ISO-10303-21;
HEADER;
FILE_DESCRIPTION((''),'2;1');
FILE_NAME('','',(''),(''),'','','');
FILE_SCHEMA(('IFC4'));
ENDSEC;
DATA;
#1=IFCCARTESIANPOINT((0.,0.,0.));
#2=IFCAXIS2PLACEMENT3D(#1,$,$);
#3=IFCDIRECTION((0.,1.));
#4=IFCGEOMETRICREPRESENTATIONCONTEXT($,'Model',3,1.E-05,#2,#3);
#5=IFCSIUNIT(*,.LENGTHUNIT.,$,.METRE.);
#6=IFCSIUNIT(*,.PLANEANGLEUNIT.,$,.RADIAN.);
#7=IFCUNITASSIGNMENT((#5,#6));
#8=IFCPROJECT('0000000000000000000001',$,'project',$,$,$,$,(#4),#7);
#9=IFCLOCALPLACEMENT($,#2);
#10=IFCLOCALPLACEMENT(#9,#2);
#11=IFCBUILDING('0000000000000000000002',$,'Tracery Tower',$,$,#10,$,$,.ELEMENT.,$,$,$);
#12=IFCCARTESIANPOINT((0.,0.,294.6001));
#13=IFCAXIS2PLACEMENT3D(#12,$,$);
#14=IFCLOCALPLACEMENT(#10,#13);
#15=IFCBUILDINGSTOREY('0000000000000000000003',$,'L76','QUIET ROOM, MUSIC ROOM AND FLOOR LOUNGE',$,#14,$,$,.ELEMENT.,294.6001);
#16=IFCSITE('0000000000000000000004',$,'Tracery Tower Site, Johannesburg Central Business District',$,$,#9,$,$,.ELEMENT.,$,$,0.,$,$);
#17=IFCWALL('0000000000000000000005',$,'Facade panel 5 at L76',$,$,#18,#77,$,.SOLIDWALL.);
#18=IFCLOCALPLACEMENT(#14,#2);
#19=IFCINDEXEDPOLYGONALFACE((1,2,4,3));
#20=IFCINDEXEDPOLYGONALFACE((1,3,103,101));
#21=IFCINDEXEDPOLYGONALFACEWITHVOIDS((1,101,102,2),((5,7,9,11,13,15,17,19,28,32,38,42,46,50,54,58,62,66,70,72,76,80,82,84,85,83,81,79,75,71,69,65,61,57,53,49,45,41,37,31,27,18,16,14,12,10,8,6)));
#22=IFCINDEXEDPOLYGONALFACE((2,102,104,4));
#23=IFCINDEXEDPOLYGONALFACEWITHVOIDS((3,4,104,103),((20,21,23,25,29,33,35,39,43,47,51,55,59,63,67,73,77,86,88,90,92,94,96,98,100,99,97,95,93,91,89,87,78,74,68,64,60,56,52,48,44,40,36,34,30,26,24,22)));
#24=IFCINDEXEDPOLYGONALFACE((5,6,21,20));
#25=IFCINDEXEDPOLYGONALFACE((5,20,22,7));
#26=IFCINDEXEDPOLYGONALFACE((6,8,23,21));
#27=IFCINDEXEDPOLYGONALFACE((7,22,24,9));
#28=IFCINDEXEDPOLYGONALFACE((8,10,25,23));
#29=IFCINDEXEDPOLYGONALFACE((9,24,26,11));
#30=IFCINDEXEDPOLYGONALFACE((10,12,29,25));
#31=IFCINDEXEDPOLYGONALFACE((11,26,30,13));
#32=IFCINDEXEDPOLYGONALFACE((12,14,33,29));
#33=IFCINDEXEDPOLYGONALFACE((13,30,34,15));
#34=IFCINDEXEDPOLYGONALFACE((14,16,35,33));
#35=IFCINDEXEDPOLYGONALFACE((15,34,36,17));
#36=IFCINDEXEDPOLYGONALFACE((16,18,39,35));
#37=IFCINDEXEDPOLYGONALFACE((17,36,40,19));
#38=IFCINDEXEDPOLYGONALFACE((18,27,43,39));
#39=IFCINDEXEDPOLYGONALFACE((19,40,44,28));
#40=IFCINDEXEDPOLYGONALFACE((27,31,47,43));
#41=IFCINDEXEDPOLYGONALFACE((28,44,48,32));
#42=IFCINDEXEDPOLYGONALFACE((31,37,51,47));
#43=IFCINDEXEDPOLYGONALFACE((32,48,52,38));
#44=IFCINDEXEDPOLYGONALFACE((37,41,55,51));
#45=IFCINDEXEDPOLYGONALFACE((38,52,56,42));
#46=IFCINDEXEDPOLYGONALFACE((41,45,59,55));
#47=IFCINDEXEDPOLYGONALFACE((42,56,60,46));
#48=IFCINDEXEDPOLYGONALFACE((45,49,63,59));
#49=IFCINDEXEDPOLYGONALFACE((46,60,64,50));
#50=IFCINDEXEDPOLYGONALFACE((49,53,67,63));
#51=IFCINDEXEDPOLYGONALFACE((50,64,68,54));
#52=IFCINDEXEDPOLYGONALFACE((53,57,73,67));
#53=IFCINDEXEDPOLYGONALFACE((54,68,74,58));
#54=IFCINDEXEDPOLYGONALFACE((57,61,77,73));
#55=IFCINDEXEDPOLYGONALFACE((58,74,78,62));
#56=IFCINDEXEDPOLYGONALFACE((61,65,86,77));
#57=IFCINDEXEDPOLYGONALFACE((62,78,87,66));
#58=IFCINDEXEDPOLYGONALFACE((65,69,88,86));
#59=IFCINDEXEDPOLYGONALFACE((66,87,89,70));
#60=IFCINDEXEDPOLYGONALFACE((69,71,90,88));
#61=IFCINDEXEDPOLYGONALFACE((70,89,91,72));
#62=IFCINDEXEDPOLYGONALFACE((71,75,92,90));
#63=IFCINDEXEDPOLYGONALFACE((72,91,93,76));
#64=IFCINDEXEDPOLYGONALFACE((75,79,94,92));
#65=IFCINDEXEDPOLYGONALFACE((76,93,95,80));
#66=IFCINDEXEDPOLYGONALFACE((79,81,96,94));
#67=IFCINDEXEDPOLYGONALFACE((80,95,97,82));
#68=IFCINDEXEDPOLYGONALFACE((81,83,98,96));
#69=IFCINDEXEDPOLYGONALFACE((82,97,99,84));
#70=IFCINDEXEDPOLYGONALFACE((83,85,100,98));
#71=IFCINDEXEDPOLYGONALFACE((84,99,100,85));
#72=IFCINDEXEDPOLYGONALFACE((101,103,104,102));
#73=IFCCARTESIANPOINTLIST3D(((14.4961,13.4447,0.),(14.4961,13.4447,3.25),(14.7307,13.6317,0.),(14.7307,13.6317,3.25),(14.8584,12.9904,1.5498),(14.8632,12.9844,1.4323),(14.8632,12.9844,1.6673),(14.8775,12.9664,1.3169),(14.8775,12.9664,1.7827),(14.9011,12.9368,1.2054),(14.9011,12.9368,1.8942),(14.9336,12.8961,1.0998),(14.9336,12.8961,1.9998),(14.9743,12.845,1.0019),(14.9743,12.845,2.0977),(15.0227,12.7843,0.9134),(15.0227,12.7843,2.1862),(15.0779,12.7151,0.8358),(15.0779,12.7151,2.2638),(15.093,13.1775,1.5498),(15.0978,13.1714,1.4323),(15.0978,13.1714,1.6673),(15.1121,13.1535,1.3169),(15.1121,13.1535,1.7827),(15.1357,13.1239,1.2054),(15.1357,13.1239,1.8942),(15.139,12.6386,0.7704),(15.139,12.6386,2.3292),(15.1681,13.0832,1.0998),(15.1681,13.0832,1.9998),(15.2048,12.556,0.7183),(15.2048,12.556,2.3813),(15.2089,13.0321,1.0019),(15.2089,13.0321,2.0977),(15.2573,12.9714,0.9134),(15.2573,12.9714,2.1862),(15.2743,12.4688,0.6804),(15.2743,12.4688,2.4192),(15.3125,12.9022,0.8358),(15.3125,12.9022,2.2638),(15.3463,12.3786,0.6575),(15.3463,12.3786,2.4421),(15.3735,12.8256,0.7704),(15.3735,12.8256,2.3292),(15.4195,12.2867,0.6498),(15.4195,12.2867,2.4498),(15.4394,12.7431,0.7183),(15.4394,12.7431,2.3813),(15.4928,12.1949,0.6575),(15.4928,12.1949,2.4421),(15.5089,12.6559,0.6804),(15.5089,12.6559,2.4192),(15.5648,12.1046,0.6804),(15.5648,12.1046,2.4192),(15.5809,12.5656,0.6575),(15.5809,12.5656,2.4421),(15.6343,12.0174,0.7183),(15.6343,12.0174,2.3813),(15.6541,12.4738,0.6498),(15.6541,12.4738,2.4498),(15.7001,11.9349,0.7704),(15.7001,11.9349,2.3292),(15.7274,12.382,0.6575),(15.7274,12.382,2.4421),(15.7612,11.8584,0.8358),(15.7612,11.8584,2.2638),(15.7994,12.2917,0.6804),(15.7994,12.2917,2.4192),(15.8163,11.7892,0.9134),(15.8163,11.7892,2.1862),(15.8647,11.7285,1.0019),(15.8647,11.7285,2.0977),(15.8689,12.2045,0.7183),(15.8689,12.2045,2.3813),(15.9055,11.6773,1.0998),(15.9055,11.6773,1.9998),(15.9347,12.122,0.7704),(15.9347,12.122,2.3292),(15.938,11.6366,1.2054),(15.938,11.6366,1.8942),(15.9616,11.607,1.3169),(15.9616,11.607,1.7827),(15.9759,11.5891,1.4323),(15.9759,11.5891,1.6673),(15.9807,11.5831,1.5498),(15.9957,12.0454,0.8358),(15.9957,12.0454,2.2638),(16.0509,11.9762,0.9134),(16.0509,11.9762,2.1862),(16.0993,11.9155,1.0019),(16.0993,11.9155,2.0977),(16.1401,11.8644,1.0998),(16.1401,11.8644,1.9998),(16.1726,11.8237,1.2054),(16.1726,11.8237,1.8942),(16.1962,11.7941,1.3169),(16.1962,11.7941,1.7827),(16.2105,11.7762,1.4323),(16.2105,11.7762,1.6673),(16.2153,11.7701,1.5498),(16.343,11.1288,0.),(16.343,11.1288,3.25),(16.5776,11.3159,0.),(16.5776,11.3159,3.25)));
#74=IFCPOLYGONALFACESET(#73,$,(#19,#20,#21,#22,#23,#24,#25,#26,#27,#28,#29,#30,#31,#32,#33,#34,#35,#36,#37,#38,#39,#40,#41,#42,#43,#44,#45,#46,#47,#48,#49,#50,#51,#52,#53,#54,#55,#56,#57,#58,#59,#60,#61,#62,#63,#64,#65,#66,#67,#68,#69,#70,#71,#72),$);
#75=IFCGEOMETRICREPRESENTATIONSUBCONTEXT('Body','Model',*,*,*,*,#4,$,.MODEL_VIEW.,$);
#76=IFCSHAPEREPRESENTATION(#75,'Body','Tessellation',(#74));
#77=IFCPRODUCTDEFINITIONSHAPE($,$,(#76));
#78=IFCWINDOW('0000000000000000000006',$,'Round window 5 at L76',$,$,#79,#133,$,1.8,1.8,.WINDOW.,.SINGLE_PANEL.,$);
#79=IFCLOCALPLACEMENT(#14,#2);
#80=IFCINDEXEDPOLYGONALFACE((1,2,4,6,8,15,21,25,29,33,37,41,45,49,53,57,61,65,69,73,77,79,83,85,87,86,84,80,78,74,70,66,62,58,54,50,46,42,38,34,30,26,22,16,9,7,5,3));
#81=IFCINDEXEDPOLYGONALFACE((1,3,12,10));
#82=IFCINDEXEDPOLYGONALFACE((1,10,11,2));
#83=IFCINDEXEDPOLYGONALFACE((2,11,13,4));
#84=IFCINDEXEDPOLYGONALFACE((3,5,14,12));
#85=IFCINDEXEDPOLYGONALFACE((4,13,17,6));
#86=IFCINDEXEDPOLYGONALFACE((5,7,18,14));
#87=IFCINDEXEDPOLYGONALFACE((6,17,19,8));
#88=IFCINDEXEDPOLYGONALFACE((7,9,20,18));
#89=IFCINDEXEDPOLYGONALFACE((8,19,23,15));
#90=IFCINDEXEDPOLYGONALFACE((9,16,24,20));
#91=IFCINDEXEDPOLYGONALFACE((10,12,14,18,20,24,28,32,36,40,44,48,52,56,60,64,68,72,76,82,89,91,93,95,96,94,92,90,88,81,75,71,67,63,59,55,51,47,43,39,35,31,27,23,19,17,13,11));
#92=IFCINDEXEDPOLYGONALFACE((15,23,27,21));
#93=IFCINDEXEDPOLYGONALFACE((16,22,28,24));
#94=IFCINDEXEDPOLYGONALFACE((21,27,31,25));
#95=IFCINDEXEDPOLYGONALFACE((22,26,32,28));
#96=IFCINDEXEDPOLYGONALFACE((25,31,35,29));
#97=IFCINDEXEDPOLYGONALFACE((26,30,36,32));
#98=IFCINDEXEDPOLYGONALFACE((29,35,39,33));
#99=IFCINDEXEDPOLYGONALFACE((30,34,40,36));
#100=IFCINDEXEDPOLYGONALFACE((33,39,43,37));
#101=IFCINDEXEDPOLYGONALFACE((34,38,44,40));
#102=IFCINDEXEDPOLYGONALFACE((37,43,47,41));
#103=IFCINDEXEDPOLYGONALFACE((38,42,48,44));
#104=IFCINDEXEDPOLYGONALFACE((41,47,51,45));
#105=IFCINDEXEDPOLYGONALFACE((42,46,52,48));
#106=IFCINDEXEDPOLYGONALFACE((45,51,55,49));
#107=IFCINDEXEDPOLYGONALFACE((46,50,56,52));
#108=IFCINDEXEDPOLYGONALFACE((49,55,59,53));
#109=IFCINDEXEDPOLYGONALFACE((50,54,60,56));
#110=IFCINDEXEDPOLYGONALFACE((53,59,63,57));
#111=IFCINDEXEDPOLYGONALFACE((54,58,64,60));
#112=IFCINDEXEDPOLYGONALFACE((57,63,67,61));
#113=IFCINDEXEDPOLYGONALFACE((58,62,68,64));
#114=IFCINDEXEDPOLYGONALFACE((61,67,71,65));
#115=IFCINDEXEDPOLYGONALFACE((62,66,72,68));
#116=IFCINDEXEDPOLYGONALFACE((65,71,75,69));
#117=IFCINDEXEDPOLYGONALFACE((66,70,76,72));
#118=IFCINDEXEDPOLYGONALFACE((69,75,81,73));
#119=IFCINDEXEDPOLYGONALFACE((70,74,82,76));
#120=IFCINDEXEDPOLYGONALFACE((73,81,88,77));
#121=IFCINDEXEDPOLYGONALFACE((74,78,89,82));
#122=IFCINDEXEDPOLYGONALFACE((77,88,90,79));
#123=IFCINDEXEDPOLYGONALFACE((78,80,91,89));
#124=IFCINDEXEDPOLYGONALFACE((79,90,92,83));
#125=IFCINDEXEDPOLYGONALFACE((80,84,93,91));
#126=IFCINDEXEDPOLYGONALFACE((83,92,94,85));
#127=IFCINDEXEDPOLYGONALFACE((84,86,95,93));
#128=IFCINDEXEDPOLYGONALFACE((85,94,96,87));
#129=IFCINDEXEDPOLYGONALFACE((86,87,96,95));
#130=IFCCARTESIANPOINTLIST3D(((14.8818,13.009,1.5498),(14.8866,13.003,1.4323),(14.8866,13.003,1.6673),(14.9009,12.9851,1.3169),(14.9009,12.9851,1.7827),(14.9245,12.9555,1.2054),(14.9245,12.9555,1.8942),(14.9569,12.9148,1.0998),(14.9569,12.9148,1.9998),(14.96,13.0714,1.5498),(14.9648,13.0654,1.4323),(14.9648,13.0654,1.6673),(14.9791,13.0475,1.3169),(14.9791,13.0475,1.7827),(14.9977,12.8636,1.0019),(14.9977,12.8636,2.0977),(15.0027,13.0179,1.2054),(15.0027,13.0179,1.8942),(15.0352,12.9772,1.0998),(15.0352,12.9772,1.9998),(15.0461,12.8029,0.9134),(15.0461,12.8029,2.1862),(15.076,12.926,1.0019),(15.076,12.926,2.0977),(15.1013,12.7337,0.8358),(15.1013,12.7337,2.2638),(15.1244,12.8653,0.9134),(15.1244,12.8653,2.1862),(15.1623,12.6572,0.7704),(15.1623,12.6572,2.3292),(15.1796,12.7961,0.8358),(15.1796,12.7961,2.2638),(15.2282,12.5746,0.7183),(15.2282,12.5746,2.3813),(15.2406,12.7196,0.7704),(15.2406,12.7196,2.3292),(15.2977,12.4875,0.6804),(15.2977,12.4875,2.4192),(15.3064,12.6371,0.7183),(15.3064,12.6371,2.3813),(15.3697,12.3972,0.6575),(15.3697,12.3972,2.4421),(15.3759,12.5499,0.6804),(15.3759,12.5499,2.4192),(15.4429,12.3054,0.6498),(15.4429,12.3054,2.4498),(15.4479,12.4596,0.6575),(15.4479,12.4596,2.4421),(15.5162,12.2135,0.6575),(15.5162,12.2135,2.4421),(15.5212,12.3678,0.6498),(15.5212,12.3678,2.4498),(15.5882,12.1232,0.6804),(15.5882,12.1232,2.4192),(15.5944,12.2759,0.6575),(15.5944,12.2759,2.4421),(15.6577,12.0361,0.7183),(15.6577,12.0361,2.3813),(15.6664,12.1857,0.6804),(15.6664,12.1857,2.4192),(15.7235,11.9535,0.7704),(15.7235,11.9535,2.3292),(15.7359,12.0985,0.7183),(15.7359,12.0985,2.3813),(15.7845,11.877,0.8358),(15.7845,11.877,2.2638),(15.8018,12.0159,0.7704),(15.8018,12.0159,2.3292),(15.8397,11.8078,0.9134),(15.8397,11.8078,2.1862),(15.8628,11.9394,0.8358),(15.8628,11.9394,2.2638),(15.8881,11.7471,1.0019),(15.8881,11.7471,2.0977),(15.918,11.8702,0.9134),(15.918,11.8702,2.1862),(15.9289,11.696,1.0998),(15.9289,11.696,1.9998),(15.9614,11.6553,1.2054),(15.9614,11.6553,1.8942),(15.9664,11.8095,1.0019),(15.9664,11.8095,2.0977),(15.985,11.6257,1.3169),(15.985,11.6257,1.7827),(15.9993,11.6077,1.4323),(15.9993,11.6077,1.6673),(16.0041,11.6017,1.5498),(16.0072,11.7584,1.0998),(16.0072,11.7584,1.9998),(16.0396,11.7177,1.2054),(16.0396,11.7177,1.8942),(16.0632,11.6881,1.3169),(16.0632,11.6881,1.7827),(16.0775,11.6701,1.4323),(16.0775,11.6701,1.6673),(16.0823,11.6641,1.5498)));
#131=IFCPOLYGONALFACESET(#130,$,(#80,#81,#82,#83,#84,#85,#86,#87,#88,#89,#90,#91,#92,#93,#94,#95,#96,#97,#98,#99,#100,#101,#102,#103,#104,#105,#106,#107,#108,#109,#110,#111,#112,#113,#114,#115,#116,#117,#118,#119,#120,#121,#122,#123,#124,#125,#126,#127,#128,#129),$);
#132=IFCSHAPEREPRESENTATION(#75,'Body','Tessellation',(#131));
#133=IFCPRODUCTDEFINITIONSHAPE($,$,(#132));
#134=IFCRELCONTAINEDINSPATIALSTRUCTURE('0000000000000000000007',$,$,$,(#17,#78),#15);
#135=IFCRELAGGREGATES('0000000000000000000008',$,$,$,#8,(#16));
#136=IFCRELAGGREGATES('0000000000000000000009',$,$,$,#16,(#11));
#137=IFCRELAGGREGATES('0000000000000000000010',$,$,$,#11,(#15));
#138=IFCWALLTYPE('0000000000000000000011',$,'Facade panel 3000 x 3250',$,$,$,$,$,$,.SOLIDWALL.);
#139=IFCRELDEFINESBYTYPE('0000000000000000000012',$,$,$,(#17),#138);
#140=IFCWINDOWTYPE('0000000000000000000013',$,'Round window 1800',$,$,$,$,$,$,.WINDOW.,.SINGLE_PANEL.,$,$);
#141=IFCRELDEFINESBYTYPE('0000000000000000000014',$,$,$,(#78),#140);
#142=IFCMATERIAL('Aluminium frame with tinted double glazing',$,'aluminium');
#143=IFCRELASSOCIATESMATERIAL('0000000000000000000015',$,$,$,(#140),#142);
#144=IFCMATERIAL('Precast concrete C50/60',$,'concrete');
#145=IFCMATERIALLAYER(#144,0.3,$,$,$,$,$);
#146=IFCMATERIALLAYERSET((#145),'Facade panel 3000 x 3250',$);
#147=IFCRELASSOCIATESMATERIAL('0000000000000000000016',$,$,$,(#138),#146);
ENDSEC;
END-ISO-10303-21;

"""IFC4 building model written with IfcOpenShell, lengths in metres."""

from ifc_helpers import new_model, si_unit, direction, frame, frame_2d, origin, origin_2d, place, context, subcontext, project, spatial, rectangle, circle, extrude, material, layer, layer_set, type_object, element, fill, save


model = new_model("IFC4")

# Units and contexts
model_context = context("Model", 3, precision=1e-05, world=origin(), true_north=direction((0.0, 1.0)))
body_context = subcontext(model_context, "Body", "Model", "MODEL_VIEW")
ifc_project = project(units=[si_unit("LENGTHUNIT", "METRE"), si_unit("PLANEANGLEUNIT", "RADIAN")], contexts=[model_context])

# Site, building, storey
site_placement = place(None, origin())
site = spatial("IfcSite", under=ifc_project, at=site_placement, Name="Tracery Tower Site, Johannesburg Central Business District", CompositionType="ELEMENT", RefElevation=0.0)
building_placement = place(site_placement, origin())
building = spatial("IfcBuilding", under=site, at=building_placement, Name="Tracery Tower", CompositionType="ELEMENT")
storey_placement = place(building_placement, frame((0.0, 0.0, 294.6001)))
storey = spatial("IfcBuildingStorey", under=building, at=storey_placement, Name="L76", Description="QUIET ROOM, MUSIC ROOM AND FLOOR LOUNGE", CompositionType="ELEMENT", Elevation=294.6001)

# Wall, opening, window
ifc_material_1 = material(Name="Aluminium frame with tinted double glazing", Category="aluminium")
window_type = type_object("IfcWindowType", Name="Round window 1800", PartitioningType="SINGLE_PANEL", PredefinedType="WINDOW", material=ifc_material_1)
ifc_material_2 = material(Name="Precast concrete C50/60", Category="concrete")
ifc_layer_1 = layer(ifc_material_2, 0.3)
ifc_layer_set_1 = layer_set([ifc_layer_1], Name="Facade panel 3000 x 3250")
wall_type_1 = type_object("IfcWallType", Name="Facade panel 3000 x 3250", PredefinedType="SOLIDWALL", material=ifc_layer_set_1)
wall_1_placement = place(storey_placement, frame((16.4602, 11.2224, 0.0), z_axis=(0.0, 0.0, 1.0), x_axis=(-0.623498, 0.781825, 0.0)))
wall_1 = element("IfcWall", 1, at=wall_1_placement, inside=storey, type_object=wall_type_1, Name="Facade panel 5 at L76", PredefinedType="SOLIDWALL", context=body_context, shape_type="SweptSolid", body=[
    extrude(rectangle(XDim=2.9622, YDim=0.3, at=frame_2d((1.481, 0.0))), origin(), (0.0, 0.0, 1.0), 3.25),
])
opening_1_placement = place(wall_1_placement, frame((1.481, 0.0, 1.5498)))
opening_1 = element("IfcOpeningElement", 2, at=opening_1_placement, cuts=wall_1, PredefinedType="OPENING", context=body_context, shape_type="SweptSolid", body=[
    extrude(circle(Radius=0.9, at=origin_2d()), frame((0.0, 0.1599, 0.0), z_axis=(0.0, -1.0, 0.0), x_axis=(1.0, 0.0, 0.0)), (0.0, 0.0, 1.0), 0.3201),
])
window_1_placement = place(opening_1_placement, origin())
window_1 = element("IfcWindow", 3, at=window_1_placement, inside=storey, type_object=window_type, Name="Round window 5 at L76", OverallHeight=1.8, OverallWidth=1.8, PartitioningType="SINGLE_PANEL", PredefinedType="WINDOW", context=body_context, shape_type="SweptSolid", body=[
    extrude(circle(Radius=0.9, at=origin_2d()), frame((0.0, 0.1201, 0.0), z_axis=(0.0, -1.0, 0.0), x_axis=(1.0, 0.0, 0.0)), (0.0, 0.0, 1.0), 0.1001),
])
fill(opening_1, window_1)

save(model, "model.ifc")
